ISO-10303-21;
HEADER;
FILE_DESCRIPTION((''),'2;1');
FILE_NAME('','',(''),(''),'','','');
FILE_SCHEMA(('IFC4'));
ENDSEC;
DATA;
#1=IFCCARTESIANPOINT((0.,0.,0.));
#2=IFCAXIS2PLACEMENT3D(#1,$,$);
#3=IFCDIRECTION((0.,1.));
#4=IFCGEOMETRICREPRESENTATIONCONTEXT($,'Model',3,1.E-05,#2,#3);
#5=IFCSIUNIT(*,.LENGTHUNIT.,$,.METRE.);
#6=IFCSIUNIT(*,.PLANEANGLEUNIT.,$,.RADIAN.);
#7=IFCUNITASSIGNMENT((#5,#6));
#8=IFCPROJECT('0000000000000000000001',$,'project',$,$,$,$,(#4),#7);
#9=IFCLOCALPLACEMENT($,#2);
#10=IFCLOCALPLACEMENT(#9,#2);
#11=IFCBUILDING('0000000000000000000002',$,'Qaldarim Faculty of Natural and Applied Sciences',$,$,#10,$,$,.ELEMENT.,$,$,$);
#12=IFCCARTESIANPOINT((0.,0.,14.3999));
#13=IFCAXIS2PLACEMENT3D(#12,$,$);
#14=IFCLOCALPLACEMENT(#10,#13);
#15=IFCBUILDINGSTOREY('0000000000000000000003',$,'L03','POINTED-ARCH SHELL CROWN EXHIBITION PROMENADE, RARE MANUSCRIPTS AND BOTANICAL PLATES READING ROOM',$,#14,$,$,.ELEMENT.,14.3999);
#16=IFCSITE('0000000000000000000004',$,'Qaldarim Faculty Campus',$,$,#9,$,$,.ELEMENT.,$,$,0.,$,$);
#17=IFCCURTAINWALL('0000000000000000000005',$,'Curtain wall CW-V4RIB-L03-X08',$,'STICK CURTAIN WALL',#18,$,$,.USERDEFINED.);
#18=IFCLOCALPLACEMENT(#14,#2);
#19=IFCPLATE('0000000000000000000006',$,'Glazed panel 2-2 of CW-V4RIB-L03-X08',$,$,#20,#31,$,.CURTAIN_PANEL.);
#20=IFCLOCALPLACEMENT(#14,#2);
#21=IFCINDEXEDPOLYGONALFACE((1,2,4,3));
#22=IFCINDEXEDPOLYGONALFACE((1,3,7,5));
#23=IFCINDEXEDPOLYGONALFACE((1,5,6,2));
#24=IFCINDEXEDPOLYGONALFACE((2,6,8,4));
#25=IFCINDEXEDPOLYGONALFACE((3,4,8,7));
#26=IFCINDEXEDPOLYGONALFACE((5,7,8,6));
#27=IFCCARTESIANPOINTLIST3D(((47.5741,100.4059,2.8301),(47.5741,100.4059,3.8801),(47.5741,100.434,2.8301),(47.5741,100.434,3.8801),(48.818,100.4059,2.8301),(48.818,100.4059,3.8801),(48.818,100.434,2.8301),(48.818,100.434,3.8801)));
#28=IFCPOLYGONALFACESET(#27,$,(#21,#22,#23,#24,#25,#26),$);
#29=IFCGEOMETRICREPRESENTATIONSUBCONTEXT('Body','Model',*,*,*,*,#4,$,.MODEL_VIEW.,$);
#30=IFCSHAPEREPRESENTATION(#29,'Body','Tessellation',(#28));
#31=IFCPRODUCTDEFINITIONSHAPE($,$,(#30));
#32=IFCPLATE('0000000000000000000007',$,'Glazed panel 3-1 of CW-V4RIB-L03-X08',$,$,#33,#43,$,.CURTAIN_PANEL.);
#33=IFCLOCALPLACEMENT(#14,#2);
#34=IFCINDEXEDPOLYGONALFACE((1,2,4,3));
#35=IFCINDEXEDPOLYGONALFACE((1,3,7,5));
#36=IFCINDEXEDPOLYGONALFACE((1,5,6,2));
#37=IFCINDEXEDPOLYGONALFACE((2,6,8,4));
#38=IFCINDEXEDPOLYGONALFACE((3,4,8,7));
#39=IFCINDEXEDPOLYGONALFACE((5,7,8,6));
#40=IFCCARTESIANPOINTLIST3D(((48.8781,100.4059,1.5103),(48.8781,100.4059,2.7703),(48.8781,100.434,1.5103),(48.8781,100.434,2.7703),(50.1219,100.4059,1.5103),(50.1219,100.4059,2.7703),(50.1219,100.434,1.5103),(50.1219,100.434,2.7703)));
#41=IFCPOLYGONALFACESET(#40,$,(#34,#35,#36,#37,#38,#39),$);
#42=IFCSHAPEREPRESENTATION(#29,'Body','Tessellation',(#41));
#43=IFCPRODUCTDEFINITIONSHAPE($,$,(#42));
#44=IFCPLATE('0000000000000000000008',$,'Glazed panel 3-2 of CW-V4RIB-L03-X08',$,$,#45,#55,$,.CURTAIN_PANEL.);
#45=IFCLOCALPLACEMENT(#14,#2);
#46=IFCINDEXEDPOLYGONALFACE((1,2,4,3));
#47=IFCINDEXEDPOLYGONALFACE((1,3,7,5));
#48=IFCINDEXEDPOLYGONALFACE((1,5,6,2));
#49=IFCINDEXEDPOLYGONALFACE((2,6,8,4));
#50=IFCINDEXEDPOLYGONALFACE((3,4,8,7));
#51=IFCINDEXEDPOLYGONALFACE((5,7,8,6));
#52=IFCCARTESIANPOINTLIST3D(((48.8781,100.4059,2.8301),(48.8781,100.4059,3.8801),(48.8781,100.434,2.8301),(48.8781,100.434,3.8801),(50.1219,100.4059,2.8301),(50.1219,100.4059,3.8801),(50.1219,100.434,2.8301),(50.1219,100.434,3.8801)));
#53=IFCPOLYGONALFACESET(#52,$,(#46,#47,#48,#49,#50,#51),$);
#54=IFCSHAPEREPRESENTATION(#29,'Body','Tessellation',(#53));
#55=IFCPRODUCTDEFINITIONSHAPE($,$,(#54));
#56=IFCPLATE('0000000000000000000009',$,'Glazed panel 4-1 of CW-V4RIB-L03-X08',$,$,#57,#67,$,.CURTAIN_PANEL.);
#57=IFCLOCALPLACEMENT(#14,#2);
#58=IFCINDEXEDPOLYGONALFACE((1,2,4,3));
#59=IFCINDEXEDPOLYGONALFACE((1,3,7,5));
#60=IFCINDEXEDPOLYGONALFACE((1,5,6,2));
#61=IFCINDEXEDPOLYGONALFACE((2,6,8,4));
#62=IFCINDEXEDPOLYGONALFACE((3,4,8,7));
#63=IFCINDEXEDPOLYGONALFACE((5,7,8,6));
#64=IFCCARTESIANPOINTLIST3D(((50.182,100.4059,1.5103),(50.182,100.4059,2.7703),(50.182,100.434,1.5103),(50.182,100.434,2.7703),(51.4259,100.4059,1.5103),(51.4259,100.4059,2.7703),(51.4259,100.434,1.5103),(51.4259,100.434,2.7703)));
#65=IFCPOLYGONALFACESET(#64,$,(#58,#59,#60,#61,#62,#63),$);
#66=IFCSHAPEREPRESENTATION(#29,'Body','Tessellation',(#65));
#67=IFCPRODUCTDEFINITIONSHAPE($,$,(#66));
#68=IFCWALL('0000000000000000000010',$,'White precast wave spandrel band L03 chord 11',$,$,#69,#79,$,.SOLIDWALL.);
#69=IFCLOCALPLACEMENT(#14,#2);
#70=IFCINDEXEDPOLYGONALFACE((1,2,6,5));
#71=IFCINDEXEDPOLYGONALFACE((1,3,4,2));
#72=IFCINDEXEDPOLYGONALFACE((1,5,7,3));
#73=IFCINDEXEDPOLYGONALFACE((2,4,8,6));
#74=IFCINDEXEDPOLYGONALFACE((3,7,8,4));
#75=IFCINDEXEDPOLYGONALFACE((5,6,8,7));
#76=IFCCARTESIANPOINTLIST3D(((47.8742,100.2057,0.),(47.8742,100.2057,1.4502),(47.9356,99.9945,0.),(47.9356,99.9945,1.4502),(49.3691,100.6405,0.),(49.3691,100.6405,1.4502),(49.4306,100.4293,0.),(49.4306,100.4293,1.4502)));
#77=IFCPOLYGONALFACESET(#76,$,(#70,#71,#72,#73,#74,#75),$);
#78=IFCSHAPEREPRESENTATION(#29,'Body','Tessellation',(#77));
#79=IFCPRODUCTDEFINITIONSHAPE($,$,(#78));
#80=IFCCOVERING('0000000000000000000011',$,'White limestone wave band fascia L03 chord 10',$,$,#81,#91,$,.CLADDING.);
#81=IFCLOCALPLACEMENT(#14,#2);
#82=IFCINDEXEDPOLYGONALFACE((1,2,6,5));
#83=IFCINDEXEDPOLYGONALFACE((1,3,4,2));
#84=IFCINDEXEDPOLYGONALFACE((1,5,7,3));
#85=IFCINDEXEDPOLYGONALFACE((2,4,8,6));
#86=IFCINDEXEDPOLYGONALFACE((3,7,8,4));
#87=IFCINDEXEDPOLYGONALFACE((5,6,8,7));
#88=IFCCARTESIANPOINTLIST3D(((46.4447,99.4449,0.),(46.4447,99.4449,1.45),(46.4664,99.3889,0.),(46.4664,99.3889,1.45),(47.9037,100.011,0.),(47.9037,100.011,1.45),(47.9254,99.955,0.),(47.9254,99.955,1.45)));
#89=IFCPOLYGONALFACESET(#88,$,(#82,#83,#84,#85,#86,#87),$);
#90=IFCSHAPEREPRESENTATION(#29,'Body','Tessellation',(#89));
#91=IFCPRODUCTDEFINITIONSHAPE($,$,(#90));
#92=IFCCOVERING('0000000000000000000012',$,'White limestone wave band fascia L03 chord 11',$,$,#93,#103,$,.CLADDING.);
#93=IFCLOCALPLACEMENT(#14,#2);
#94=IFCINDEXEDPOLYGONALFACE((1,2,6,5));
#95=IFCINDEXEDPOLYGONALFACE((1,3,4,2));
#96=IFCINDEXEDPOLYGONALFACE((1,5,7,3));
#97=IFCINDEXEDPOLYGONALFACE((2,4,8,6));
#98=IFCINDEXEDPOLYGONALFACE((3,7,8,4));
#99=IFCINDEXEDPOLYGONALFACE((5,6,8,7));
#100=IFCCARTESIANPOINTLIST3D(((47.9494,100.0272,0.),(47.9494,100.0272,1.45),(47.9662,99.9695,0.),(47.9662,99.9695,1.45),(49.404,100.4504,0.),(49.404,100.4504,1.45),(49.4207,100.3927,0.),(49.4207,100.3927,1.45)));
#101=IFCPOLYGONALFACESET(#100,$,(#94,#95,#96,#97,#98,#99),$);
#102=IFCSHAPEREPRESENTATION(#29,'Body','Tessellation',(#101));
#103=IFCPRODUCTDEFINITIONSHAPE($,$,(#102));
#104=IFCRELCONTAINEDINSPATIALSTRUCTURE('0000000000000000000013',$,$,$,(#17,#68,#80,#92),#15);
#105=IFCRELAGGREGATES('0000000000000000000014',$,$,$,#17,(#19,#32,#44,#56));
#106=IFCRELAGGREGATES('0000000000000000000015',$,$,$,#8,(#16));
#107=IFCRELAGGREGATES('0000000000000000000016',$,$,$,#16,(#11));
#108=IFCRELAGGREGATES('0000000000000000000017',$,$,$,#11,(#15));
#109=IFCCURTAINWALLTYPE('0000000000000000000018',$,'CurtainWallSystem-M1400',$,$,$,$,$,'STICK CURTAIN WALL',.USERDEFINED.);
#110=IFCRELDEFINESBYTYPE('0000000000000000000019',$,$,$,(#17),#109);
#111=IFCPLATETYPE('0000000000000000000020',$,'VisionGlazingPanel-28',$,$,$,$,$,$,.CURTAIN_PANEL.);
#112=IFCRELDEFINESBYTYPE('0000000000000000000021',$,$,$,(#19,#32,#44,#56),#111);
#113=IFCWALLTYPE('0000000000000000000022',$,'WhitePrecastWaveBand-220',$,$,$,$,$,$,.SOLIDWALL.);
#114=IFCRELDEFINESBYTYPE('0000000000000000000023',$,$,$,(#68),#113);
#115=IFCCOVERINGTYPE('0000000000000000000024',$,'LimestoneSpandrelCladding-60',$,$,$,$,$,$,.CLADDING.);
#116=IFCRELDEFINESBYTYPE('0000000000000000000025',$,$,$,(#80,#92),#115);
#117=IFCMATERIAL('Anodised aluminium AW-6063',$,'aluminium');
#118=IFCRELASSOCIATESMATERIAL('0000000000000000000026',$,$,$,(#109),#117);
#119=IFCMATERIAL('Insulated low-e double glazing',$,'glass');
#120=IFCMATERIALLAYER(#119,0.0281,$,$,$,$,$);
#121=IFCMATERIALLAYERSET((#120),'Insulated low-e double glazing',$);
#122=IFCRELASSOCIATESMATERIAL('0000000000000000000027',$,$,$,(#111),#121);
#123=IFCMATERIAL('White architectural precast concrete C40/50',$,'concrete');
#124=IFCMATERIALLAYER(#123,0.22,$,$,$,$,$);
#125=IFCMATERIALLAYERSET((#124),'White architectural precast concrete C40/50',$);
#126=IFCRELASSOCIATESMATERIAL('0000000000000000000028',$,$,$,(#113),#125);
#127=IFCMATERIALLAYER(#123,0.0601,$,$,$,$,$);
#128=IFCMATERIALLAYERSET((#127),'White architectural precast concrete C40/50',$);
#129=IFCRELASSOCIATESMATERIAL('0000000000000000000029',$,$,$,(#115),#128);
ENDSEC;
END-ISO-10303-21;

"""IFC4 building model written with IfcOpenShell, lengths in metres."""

from ifc_helpers import new_model, si_unit, direction, frame, frame_2d, origin, origin_2d, place, context, subcontext, project, spatial, rectangle, extrude, material, layer, layer_set, type_object, element, aggregate, save


model = new_model("IFC4")

# Units and contexts
model_context = context("Model", 3, precision=1e-05, world=origin(), true_north=direction((0.0, 1.0)))
body_context = subcontext(model_context, "Body", "Model", "MODEL_VIEW")
ifc_project = project(units=[si_unit("LENGTHUNIT", "METRE"), si_unit("PLANEANGLEUNIT", "RADIAN")], contexts=[model_context])

# Site, building, storey
site_placement = place(None, origin())
site = spatial("IfcSite", under=ifc_project, at=site_placement, Name="Qaldarim Faculty Campus", CompositionType="ELEMENT", RefElevation=0.0)
building_placement = place(site_placement, origin())
building = spatial("IfcBuilding", under=site, at=building_placement, Name="Qaldarim Faculty of Natural and Applied Sciences", CompositionType="ELEMENT")
storey_placement = place(building_placement, frame((0.0, 0.0, 14.3999)))
storey = spatial("IfcBuildingStorey", under=building, at=storey_placement, Name="L03", Description="POINTED-ARCH SHELL CROWN EXHIBITION PROMENADE, RARE MANUSCRIPTS AND BOTANICAL PLATES READING ROOM", CompositionType="ELEMENT", Elevation=14.3999)

# Curtain wall, plates
ifc_material_1 = material(Name="Anodised aluminium AW-6063", Category="aluminium")
curtain_wall_type = type_object("IfcCurtainWallType", Name="CurtainWallSystem-M1400", ElementType="STICK CURTAIN WALL", PredefinedType="USERDEFINED", material=ifc_material_1)
curtain_wall_placement = place(storey_placement, origin())
curtain_wall = element("IfcCurtainWall", 1, at=curtain_wall_placement, inside=storey, type_object=curtain_wall_type, Name="Curtain wall CW-V4RIB-L03-X08", ObjectType="STICK CURTAIN WALL", PredefinedType="USERDEFINED")
ifc_material_2 = material(Name="Insulated low-e double glazing", Category="glass")
ifc_layer_1 = layer(ifc_material_2, 0.0281)
ifc_layer_set_1 = layer_set([ifc_layer_1], Name="Insulated low-e double glazing")
plate_type = type_object("IfcPlateType", Name="VisionGlazingPanel-28", PredefinedType="CURTAIN_PANEL", material=ifc_layer_set_1)
plate_1_placement = place(storey_placement, frame((48.196, 100.4199, 2.8301), z_axis=(0.0, 0.0, 1.0), x_axis=(1.0, 0.0, 0.0)))
plate_1 = element("IfcPlate", 2, at=plate_1_placement, type_object=plate_type, Name="Glazed panel 2-2 of CW-V4RIB-L03-X08", PredefinedType="CURTAIN_PANEL", context=body_context, shape_type="SweptSolid", body=[
    extrude(rectangle(XDim=1.2439, YDim=0.0281, at=origin_2d()), origin(), (0.0, 0.0, 1.0), 1.05),
])
plate_2_placement = place(storey_placement, frame((49.5, 100.4199, 1.5103), z_axis=(0.0, 0.0, 1.0), x_axis=(1.0, 0.0, 0.0)))
plate_2 = element("IfcPlate", 3, at=plate_2_placement, type_object=plate_type, Name="Glazed panel 3-1 of CW-V4RIB-L03-X08", PredefinedType="CURTAIN_PANEL", context=body_context, shape_type="SweptSolid", body=[
    extrude(rectangle(XDim=1.2439, YDim=0.0281, at=origin_2d()), origin(), (0.0, 0.0, 1.0), 1.26),
])
plate_3_placement = place(storey_placement, frame((49.5, 100.4199, 2.8301), z_axis=(0.0, 0.0, 1.0), x_axis=(1.0, 0.0, 0.0)))
plate_3 = element("IfcPlate", 4, at=plate_3_placement, type_object=plate_type, Name="Glazed panel 3-2 of CW-V4RIB-L03-X08", PredefinedType="CURTAIN_PANEL", context=body_context, shape_type="SweptSolid", body=[
    extrude(rectangle(XDim=1.2439, YDim=0.0281, at=origin_2d()), origin(), (0.0, 0.0, 1.0), 1.05),
])
plate_4_placement = place(storey_placement, frame((50.804, 100.4199, 1.5103), z_axis=(0.0, 0.0, 1.0), x_axis=(1.0, 0.0, 0.0)))
plate_4 = element("IfcPlate", 5, at=plate_4_placement, type_object=plate_type, Name="Glazed panel 4-1 of CW-V4RIB-L03-X08", PredefinedType="CURTAIN_PANEL", context=body_context, shape_type="SweptSolid", body=[
    extrude(rectangle(XDim=1.2439, YDim=0.0281, at=origin_2d()), origin(), (0.0, 0.0, 1.0), 1.26),
])
aggregate(curtain_wall, [plate_1, plate_2, plate_3, plate_4])

# Wall
ifc_material_3 = material(Name="White architectural precast concrete C40/50", Category="concrete")
ifc_layer_2 = layer(ifc_material_3, 0.22)
ifc_layer_set_2 = layer_set([ifc_layer_2], Name="White architectural precast concrete C40/50")
wall_type = type_object("IfcWallType", Name="WhitePrecastWaveBand-220", PredefinedType="SOLIDWALL", material=ifc_layer_set_2)
wall_placement = place(storey_placement, frame((47.905, 100.1001, 0.0), z_axis=(0.0, 0.0, 1.0), x_axis=(0.960205, 0.279295, 0.0)))
element("IfcWall", 6, at=wall_placement, inside=storey, type_object=wall_type, Name="White precast wave spandrel band L03 chord 11", PredefinedType="SOLIDWALL", context=body_context, shape_type="SweptSolid", body=[
    extrude(rectangle(XDim=1.5569, YDim=0.22, at=frame_2d((0.7783, 0.0))), origin(), (0.0, 0.0, 1.0), 1.4502),
])

# Coverings
ifc_layer_3 = layer(ifc_material_3, 0.0601)
ifc_layer_set_3 = layer_set([ifc_layer_3], Name="White architectural precast concrete C40/50")
covering_type = type_object("IfcCoveringType", Name="LimestoneSpandrelCladding-60", PredefinedType="CLADDING", material=ifc_layer_set_3)
covering_1_placement = place(storey_placement, frame((47.1851, 99.7, 0.0), z_axis=(0.0, 0.0, 1.0), x_axis=(0.932299, 0.36169, 0.0)))
element("IfcCovering", 7, at=covering_1_placement, inside=storey, type_object=covering_type, Name="White limestone wave band fascia L03 chord 10", PredefinedType="CLADDING", context=body_context, shape_type="SweptSolid", body=[
    extrude(rectangle(XDim=1.5649, YDim=0.0601, at=origin_2d()), origin(), (0.0, 0.0, 1.0), 1.45),
])
covering_2_placement = place(storey_placement, frame((48.6851, 100.21, 0.0), z_axis=(0.0, 0.0, 1.0), x_axis=(0.960182, 0.279377, 0.0)))
element("IfcCovering", 8, at=covering_2_placement, inside=storey, type_object=covering_type, Name="White limestone wave band fascia L03 chord 11", PredefinedType="CLADDING", context=body_context, shape_type="SweptSolid", body=[
    extrude(rectangle(XDim=1.5149, YDim=0.0601, at=origin_2d()), origin(), (0.0, 0.0, 1.0), 1.45),
])

save(model, "model.ifc")
